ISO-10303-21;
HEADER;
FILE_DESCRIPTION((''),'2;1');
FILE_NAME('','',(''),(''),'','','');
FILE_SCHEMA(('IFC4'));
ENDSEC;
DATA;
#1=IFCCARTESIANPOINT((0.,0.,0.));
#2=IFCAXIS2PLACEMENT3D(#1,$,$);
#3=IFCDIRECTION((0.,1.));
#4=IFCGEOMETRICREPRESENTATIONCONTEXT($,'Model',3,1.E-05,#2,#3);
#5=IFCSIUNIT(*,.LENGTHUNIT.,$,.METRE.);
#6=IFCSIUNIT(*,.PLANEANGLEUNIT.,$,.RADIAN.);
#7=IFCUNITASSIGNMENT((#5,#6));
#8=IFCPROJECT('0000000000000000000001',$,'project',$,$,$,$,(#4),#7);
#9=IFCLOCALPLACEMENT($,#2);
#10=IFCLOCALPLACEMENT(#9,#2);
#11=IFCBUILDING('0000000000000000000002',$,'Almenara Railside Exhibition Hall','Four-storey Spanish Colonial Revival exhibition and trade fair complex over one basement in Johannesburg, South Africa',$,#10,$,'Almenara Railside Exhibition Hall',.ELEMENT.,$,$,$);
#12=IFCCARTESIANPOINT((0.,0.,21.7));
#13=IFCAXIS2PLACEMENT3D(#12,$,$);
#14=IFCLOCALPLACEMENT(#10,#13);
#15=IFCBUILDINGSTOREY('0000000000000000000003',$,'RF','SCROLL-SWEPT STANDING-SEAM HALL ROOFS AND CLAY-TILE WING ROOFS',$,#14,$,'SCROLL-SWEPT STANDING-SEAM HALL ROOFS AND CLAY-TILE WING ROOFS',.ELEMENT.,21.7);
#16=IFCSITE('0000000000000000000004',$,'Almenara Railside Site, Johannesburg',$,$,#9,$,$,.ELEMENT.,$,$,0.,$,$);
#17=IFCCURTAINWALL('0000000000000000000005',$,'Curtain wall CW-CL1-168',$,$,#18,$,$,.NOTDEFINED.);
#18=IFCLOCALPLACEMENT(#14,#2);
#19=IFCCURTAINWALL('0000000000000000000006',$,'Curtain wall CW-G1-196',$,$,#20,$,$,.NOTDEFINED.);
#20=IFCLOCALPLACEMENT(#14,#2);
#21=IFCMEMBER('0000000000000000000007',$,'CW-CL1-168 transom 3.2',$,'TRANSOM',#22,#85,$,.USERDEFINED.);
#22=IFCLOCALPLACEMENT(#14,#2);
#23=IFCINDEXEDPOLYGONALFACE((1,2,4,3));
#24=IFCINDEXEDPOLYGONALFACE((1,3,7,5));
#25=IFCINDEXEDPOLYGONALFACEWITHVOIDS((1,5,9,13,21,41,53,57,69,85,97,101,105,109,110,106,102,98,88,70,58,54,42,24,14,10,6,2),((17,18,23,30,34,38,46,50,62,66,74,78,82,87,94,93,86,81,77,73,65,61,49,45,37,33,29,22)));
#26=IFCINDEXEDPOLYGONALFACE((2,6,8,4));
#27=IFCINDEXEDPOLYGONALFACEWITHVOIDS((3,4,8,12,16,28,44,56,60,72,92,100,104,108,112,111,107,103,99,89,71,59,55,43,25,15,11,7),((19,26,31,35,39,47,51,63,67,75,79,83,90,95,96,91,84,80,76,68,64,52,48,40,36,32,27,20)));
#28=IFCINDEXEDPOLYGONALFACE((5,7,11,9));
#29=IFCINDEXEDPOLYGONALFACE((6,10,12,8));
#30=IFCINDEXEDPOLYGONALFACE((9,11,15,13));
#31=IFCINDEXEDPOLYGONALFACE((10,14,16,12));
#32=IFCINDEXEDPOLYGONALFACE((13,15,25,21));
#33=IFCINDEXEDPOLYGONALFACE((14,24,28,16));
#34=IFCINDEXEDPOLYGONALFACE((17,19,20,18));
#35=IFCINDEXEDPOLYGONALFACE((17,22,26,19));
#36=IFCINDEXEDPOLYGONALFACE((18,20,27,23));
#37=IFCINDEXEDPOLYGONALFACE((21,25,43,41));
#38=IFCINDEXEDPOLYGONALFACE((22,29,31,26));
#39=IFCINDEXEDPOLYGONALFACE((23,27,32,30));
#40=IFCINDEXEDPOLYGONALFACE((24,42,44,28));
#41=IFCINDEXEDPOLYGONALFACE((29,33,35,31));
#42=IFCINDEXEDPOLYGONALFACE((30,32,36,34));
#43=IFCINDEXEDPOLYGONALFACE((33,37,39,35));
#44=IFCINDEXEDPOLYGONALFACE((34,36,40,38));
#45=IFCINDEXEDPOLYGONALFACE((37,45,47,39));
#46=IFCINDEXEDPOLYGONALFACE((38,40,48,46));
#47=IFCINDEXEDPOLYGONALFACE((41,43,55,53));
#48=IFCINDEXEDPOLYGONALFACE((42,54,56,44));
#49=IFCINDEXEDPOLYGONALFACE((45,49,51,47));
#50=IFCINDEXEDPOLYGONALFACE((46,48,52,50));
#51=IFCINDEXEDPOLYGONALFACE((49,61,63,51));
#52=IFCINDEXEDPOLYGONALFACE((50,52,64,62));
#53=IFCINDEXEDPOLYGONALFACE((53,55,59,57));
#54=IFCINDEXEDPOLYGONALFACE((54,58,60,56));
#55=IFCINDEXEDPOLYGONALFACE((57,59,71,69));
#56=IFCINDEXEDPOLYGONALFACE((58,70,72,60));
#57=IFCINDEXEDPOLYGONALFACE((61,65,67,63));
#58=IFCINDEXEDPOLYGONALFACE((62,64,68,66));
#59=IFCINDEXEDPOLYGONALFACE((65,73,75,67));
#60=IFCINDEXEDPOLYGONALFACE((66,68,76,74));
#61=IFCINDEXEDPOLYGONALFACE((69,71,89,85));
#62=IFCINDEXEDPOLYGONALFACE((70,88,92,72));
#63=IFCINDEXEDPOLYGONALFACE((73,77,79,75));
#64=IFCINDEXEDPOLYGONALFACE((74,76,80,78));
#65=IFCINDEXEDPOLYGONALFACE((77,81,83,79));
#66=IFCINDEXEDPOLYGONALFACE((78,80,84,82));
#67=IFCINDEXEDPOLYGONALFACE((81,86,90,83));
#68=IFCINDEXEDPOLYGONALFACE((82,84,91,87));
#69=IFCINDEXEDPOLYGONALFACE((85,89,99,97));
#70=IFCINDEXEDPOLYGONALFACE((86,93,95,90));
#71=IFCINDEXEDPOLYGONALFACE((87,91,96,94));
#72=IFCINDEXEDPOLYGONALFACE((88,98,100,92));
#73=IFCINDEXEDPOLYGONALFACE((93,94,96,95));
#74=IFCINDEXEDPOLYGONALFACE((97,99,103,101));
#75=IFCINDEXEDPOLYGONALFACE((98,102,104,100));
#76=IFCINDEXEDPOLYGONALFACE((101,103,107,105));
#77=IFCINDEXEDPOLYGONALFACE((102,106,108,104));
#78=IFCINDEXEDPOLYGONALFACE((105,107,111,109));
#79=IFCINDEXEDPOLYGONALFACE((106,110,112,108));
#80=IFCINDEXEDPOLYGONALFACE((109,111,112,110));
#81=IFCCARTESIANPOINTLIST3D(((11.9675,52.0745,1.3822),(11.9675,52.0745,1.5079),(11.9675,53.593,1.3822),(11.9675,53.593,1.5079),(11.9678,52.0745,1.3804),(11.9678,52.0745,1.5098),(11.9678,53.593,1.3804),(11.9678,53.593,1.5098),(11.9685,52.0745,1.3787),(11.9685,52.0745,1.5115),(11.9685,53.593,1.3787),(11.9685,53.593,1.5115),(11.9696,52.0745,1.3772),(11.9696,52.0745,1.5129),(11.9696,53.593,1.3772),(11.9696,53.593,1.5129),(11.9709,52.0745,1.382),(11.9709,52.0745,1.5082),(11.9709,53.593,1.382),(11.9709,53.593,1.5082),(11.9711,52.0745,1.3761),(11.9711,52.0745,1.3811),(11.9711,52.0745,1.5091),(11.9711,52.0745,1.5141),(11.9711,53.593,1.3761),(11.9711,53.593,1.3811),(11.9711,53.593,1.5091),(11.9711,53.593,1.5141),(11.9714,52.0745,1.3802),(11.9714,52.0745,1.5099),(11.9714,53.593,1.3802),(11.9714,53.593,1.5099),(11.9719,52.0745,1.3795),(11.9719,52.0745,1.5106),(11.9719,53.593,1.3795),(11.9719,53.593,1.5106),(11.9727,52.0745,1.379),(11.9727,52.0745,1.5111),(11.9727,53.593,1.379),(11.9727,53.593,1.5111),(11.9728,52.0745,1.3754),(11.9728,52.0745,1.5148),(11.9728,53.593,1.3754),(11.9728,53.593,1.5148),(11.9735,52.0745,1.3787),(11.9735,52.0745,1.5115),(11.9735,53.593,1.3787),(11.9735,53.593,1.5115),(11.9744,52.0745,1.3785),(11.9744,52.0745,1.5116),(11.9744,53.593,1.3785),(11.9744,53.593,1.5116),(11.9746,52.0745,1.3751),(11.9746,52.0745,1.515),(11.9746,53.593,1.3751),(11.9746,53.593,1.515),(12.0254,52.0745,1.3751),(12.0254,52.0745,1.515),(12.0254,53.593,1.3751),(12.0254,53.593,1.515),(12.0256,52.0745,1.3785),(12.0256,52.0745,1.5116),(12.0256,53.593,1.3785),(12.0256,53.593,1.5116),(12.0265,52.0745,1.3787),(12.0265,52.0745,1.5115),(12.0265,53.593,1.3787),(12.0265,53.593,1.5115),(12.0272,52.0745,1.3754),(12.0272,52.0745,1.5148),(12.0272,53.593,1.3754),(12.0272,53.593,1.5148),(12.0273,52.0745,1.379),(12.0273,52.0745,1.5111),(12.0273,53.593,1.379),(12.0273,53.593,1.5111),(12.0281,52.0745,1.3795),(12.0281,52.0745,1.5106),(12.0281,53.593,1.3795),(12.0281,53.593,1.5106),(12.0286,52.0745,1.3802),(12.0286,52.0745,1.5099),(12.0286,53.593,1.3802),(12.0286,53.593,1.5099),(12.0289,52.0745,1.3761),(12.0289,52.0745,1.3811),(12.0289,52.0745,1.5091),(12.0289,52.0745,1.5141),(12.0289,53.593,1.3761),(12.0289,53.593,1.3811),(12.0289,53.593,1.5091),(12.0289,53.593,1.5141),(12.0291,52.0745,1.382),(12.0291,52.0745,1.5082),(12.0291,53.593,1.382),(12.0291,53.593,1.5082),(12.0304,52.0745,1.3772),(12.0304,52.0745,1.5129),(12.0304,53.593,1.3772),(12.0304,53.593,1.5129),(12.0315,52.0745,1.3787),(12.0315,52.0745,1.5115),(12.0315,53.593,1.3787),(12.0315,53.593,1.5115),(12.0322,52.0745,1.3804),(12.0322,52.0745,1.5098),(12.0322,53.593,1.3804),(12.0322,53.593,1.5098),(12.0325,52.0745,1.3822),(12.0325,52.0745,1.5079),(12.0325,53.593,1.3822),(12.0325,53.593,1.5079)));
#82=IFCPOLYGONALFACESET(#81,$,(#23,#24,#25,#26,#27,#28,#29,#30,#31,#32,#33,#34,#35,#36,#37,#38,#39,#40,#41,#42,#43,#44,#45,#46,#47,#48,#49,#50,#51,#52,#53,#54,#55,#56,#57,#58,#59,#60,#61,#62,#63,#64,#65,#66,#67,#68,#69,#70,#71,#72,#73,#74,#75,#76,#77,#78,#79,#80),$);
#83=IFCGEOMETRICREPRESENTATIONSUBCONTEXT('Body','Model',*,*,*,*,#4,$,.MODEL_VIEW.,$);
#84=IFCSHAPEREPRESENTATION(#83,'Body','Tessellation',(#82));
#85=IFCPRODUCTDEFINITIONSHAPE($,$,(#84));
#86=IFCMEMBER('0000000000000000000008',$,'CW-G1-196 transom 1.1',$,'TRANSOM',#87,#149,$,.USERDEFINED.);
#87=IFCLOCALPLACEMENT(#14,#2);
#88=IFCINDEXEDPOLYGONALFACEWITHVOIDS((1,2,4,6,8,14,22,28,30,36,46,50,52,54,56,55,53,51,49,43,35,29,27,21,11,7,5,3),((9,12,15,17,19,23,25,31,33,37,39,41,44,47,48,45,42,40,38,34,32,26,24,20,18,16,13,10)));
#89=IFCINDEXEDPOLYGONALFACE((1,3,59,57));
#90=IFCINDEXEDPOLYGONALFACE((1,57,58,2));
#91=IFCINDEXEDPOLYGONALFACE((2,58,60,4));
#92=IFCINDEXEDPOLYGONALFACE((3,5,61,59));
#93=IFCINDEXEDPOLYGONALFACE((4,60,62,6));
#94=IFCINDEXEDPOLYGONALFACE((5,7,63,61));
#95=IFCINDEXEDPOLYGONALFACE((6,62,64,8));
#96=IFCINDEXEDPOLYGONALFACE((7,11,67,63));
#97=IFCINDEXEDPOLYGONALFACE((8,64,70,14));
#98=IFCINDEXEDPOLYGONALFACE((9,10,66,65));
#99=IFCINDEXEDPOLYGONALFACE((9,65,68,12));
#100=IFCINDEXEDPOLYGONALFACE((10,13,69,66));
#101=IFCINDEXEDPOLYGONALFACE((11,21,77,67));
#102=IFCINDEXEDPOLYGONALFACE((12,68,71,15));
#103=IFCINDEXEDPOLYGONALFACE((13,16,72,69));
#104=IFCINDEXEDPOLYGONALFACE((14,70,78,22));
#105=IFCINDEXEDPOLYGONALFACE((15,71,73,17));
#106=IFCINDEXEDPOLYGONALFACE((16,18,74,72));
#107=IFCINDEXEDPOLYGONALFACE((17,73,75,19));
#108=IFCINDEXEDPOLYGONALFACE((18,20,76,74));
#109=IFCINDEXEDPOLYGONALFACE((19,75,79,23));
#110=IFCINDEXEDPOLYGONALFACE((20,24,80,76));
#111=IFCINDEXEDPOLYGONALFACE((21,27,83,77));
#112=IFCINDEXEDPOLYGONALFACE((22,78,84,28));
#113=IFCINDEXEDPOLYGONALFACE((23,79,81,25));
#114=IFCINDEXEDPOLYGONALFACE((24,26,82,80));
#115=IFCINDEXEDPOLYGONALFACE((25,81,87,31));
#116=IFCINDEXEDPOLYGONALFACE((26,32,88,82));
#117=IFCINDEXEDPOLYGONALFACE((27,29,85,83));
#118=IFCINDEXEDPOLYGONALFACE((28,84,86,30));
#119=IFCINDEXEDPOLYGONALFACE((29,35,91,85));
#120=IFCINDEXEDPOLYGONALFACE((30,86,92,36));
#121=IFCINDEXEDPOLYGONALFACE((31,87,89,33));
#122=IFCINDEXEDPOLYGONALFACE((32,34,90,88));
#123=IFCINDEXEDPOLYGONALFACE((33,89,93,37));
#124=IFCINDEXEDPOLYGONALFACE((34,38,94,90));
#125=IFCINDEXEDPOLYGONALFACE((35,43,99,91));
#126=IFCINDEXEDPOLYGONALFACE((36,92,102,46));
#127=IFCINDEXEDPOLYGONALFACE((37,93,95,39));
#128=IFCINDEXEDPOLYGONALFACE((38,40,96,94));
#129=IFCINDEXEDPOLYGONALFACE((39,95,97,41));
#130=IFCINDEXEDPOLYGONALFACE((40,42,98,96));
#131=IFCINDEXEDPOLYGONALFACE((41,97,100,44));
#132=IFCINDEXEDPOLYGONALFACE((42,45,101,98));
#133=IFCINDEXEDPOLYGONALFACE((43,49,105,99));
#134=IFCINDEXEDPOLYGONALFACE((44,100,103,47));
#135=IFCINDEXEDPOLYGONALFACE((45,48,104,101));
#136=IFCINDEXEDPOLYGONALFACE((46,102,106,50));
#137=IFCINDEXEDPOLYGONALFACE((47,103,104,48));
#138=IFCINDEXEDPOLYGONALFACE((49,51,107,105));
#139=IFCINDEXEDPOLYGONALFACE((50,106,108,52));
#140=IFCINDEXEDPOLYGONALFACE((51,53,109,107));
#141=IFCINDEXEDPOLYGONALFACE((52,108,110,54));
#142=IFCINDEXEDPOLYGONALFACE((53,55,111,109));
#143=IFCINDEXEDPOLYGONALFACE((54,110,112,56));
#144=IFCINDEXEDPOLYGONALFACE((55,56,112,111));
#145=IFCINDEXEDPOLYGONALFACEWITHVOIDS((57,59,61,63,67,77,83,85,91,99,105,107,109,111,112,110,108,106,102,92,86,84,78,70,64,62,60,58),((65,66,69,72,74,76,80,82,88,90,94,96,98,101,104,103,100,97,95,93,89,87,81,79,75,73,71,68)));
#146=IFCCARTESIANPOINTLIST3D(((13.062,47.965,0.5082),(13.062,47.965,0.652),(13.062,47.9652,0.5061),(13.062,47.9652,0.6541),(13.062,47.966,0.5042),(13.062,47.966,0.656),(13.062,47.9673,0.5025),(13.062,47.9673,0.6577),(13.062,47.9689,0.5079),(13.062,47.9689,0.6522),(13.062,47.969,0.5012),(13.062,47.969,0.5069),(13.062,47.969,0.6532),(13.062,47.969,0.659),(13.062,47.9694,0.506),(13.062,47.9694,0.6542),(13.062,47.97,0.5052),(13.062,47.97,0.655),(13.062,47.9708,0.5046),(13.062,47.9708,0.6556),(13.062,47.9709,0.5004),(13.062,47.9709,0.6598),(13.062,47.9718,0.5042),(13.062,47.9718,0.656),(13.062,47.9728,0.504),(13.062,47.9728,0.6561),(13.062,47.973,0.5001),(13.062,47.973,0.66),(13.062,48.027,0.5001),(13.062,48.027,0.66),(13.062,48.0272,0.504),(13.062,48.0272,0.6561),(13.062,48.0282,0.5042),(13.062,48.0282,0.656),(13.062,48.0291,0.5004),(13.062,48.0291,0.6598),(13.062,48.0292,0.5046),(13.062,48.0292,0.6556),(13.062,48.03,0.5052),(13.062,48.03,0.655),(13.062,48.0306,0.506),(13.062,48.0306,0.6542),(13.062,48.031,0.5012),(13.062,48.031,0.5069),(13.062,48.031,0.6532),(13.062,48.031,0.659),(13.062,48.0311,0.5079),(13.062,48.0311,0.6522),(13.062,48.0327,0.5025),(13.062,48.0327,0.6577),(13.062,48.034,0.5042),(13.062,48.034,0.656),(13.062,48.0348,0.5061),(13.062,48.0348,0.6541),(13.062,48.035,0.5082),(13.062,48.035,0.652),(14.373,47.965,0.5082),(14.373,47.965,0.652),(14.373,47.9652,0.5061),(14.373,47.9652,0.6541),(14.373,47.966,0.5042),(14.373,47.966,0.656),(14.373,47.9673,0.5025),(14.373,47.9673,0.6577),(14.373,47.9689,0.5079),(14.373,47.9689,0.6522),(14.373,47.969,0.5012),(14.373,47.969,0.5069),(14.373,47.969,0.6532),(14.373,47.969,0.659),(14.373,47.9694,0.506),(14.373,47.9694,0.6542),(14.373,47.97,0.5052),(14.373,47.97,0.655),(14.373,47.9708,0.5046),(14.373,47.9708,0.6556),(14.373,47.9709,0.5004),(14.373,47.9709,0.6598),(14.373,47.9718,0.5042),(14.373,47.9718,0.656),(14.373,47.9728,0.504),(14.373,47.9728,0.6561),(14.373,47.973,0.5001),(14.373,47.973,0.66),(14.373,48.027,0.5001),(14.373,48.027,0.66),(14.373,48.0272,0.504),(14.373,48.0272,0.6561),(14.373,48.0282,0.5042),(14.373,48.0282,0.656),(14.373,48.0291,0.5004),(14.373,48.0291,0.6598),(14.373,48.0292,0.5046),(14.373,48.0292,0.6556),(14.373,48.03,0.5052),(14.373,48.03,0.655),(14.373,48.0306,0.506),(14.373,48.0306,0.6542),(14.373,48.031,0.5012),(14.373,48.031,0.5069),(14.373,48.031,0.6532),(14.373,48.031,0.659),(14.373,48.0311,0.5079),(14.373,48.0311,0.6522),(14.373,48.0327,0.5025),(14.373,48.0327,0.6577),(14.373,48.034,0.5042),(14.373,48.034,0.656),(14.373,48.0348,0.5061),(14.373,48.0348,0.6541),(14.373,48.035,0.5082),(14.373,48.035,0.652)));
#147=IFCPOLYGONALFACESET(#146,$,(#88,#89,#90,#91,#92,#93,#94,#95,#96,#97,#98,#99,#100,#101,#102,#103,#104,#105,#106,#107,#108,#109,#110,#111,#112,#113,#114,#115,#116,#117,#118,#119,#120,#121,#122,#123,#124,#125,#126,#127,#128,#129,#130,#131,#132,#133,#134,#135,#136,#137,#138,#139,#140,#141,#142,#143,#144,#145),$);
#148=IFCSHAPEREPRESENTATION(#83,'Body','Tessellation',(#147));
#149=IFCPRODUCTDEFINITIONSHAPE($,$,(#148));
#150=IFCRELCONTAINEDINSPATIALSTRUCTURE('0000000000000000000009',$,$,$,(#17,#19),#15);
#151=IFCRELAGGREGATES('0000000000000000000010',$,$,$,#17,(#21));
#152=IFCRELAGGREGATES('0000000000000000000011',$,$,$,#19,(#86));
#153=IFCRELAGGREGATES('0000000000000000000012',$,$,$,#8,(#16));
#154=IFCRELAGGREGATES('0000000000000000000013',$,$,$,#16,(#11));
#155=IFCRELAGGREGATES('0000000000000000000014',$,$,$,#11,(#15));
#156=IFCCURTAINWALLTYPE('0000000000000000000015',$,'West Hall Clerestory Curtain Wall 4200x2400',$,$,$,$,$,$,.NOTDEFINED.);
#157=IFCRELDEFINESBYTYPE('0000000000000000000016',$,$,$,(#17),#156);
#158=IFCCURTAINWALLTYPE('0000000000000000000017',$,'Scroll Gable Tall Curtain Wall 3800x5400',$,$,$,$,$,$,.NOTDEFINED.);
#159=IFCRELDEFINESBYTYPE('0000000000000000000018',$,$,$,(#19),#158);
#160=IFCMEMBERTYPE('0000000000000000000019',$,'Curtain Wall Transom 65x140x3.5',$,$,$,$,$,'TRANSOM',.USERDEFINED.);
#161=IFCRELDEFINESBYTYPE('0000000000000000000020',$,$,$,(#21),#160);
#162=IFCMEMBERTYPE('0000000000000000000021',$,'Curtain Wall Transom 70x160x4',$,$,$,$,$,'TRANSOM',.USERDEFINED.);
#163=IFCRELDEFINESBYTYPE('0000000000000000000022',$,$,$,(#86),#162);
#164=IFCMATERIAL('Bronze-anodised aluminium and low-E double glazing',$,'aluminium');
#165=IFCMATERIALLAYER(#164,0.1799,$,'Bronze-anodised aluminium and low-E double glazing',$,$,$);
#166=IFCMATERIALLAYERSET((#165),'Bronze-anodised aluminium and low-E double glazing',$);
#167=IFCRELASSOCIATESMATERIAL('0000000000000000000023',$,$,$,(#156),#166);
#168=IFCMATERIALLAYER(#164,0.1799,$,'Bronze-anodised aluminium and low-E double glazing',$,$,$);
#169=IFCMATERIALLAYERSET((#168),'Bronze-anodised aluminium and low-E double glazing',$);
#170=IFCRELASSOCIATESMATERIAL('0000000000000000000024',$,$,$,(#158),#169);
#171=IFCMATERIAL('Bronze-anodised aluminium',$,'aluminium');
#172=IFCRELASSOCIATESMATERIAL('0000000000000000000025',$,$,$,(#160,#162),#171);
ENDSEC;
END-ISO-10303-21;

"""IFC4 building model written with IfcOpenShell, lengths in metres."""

from ifc_helpers import new_model, si_unit, direction, frame, origin, origin_2d, place, context, subcontext, project, spatial, hollow_rectangle, extrude, material, layer, layer_set, material_profile, profile_set, type_object, element, aggregate, save


model = new_model("IFC4")

# Units and contexts
model_context = context("Model", 3, precision=1e-05, world=origin(), true_north=direction((0.0, 1.0)))
body_context = subcontext(model_context, "Body", "Model", "MODEL_VIEW")
ifc_project = project(units=[si_unit("LENGTHUNIT", "METRE"), si_unit("PLANEANGLEUNIT", "RADIAN")], contexts=[model_context])

# Site, building, storey
site_placement = place(None, origin())
site = spatial("IfcSite", under=ifc_project, at=site_placement, Name="Almenara Railside Site, Johannesburg", CompositionType="ELEMENT", RefElevation=0.0)
building_placement = place(site_placement, origin())
building = spatial("IfcBuilding", under=site, at=building_placement, Name="Almenara Railside Exhibition Hall", Description="Four-storey Spanish Colonial Revival exhibition and trade fair complex over one basement in Johannesburg, South Africa", LongName="Almenara Railside Exhibition Hall", CompositionType="ELEMENT")
storey_placement = place(building_placement, frame((0.0, 0.0, 21.7)))
storey = spatial("IfcBuildingStorey", under=building, at=storey_placement, Name="RF", Description="SCROLL-SWEPT STANDING-SEAM HALL ROOFS AND CLAY-TILE WING ROOFS", LongName="SCROLL-SWEPT STANDING-SEAM HALL ROOFS AND CLAY-TILE WING ROOFS", CompositionType="ELEMENT", Elevation=21.7)

# Shared definitions
ifc_material_1 = material(Name="Bronze-anodised aluminium and low-E double glazing", Category="aluminium")
ifc_layer_1 = layer(ifc_material_1, 0.1799, Name="Bronze-anodised aluminium and low-E double glazing")
ifc_layer_set_1 = layer_set([ifc_layer_1], Name="Bronze-anodised aluminium and low-E double glazing")
curtain_wall_type_1 = type_object("IfcCurtainWallType", Name="West Hall Clerestory Curtain Wall 4200x2400", PredefinedType="NOTDEFINED", material=ifc_layer_set_1)
ifc_material_2 = material(Name="Bronze-anodised aluminium", Category="aluminium")

# Curtain walls
curtain_wall_1_placement = place(storey_placement, origin())
curtain_wall_1 = element("IfcCurtainWall", 1, at=curtain_wall_1_placement, inside=storey, type_object=curtain_wall_type_1, Name="Curtain wall CW-CL1-168", PredefinedType="NOTDEFINED")
ifc_layer_2 = layer(ifc_material_1, 0.1799, Name="Bronze-anodised aluminium and low-E double glazing")
ifc_layer_set_2 = layer_set([ifc_layer_2], Name="Bronze-anodised aluminium and low-E double glazing")
curtain_wall_type_2 = type_object("IfcCurtainWallType", Name="Scroll Gable Tall Curtain Wall 3800x5400", PredefinedType="NOTDEFINED", material=ifc_layer_set_2)
curtain_wall_2_placement = place(storey_placement, origin())
curtain_wall_2 = element("IfcCurtainWall", 2, at=curtain_wall_2_placement, inside=storey, type_object=curtain_wall_type_2, Name="Curtain wall CW-G1-196", PredefinedType="NOTDEFINED")

# Members
ifc_material_profile_1 = material_profile(ifc_material_2, hollow_rectangle(XDim=0.0649, YDim=0.1399, WallThickness=0.0034, InnerFilletRadius=0.0034, OuterFilletRadius=0.0071, at=origin_2d()), Name="ALU-TRN 65x140x3.5")
ifc_profile_set_1 = profile_set([ifc_material_profile_1], Name="Bronze-anodised aluminium")
member_type_1 = type_object("IfcMemberType", Name="Curtain Wall Transom 65x140x3.5", ElementType="TRANSOM", PredefinedType="USERDEFINED", material=ifc_profile_set_1)
member_1_placement = place(storey_placement, frame((12.0, 52.0745, 1.4451), z_axis=(0.0, 1.0, 0.0), x_axis=(-1.0, 0.0, 0.0)))
member_1 = element("IfcMember", 3, at=member_1_placement, type_object=member_type_1, Name="CW-CL1-168 transom 3.2", ObjectType="TRANSOM", PredefinedType="USERDEFINED", context=body_context, shape_type="SweptSolid", body=[
    extrude(hollow_rectangle(XDim=0.0649, YDim=0.1399, WallThickness=0.0034, InnerFilletRadius=0.0034, OuterFilletRadius=0.0071, at=origin_2d()), origin(), (0.0, 0.0, 1.0), 1.5186),
])
ifc_material_profile_2 = material_profile(ifc_material_2, hollow_rectangle(XDim=0.0701, YDim=0.1599, WallThickness=0.0039, InnerFilletRadius=0.0039, OuterFilletRadius=0.0081, at=origin_2d()), Name="ALU-TRN 70x160x4")
ifc_profile_set_2 = profile_set([ifc_material_profile_2], Name="Bronze-anodised aluminium")
member_type_2 = type_object("IfcMemberType", Name="Curtain Wall Transom 70x160x4", ElementType="TRANSOM", PredefinedType="USERDEFINED", material=ifc_profile_set_2)
member_2_placement = place(storey_placement, frame((13.062, 48.0, 0.5801), z_axis=(1.0, 0.0, 0.0), x_axis=(0.0, 1.0, 0.0)))
member_2 = element("IfcMember", 4, at=member_2_placement, type_object=member_type_2, Name="CW-G1-196 transom 1.1", ObjectType="TRANSOM", PredefinedType="USERDEFINED", context=body_context, shape_type="SweptSolid", body=[
    extrude(hollow_rectangle(XDim=0.0701, YDim=0.1599, WallThickness=0.0039, InnerFilletRadius=0.0039, OuterFilletRadius=0.0081, at=origin_2d()), origin(), (0.0, 0.0, 1.0), 1.311),
])

aggregate(curtain_wall_1, [member_1])
aggregate(curtain_wall_2, [member_2])

save(model, "model.ifc")
